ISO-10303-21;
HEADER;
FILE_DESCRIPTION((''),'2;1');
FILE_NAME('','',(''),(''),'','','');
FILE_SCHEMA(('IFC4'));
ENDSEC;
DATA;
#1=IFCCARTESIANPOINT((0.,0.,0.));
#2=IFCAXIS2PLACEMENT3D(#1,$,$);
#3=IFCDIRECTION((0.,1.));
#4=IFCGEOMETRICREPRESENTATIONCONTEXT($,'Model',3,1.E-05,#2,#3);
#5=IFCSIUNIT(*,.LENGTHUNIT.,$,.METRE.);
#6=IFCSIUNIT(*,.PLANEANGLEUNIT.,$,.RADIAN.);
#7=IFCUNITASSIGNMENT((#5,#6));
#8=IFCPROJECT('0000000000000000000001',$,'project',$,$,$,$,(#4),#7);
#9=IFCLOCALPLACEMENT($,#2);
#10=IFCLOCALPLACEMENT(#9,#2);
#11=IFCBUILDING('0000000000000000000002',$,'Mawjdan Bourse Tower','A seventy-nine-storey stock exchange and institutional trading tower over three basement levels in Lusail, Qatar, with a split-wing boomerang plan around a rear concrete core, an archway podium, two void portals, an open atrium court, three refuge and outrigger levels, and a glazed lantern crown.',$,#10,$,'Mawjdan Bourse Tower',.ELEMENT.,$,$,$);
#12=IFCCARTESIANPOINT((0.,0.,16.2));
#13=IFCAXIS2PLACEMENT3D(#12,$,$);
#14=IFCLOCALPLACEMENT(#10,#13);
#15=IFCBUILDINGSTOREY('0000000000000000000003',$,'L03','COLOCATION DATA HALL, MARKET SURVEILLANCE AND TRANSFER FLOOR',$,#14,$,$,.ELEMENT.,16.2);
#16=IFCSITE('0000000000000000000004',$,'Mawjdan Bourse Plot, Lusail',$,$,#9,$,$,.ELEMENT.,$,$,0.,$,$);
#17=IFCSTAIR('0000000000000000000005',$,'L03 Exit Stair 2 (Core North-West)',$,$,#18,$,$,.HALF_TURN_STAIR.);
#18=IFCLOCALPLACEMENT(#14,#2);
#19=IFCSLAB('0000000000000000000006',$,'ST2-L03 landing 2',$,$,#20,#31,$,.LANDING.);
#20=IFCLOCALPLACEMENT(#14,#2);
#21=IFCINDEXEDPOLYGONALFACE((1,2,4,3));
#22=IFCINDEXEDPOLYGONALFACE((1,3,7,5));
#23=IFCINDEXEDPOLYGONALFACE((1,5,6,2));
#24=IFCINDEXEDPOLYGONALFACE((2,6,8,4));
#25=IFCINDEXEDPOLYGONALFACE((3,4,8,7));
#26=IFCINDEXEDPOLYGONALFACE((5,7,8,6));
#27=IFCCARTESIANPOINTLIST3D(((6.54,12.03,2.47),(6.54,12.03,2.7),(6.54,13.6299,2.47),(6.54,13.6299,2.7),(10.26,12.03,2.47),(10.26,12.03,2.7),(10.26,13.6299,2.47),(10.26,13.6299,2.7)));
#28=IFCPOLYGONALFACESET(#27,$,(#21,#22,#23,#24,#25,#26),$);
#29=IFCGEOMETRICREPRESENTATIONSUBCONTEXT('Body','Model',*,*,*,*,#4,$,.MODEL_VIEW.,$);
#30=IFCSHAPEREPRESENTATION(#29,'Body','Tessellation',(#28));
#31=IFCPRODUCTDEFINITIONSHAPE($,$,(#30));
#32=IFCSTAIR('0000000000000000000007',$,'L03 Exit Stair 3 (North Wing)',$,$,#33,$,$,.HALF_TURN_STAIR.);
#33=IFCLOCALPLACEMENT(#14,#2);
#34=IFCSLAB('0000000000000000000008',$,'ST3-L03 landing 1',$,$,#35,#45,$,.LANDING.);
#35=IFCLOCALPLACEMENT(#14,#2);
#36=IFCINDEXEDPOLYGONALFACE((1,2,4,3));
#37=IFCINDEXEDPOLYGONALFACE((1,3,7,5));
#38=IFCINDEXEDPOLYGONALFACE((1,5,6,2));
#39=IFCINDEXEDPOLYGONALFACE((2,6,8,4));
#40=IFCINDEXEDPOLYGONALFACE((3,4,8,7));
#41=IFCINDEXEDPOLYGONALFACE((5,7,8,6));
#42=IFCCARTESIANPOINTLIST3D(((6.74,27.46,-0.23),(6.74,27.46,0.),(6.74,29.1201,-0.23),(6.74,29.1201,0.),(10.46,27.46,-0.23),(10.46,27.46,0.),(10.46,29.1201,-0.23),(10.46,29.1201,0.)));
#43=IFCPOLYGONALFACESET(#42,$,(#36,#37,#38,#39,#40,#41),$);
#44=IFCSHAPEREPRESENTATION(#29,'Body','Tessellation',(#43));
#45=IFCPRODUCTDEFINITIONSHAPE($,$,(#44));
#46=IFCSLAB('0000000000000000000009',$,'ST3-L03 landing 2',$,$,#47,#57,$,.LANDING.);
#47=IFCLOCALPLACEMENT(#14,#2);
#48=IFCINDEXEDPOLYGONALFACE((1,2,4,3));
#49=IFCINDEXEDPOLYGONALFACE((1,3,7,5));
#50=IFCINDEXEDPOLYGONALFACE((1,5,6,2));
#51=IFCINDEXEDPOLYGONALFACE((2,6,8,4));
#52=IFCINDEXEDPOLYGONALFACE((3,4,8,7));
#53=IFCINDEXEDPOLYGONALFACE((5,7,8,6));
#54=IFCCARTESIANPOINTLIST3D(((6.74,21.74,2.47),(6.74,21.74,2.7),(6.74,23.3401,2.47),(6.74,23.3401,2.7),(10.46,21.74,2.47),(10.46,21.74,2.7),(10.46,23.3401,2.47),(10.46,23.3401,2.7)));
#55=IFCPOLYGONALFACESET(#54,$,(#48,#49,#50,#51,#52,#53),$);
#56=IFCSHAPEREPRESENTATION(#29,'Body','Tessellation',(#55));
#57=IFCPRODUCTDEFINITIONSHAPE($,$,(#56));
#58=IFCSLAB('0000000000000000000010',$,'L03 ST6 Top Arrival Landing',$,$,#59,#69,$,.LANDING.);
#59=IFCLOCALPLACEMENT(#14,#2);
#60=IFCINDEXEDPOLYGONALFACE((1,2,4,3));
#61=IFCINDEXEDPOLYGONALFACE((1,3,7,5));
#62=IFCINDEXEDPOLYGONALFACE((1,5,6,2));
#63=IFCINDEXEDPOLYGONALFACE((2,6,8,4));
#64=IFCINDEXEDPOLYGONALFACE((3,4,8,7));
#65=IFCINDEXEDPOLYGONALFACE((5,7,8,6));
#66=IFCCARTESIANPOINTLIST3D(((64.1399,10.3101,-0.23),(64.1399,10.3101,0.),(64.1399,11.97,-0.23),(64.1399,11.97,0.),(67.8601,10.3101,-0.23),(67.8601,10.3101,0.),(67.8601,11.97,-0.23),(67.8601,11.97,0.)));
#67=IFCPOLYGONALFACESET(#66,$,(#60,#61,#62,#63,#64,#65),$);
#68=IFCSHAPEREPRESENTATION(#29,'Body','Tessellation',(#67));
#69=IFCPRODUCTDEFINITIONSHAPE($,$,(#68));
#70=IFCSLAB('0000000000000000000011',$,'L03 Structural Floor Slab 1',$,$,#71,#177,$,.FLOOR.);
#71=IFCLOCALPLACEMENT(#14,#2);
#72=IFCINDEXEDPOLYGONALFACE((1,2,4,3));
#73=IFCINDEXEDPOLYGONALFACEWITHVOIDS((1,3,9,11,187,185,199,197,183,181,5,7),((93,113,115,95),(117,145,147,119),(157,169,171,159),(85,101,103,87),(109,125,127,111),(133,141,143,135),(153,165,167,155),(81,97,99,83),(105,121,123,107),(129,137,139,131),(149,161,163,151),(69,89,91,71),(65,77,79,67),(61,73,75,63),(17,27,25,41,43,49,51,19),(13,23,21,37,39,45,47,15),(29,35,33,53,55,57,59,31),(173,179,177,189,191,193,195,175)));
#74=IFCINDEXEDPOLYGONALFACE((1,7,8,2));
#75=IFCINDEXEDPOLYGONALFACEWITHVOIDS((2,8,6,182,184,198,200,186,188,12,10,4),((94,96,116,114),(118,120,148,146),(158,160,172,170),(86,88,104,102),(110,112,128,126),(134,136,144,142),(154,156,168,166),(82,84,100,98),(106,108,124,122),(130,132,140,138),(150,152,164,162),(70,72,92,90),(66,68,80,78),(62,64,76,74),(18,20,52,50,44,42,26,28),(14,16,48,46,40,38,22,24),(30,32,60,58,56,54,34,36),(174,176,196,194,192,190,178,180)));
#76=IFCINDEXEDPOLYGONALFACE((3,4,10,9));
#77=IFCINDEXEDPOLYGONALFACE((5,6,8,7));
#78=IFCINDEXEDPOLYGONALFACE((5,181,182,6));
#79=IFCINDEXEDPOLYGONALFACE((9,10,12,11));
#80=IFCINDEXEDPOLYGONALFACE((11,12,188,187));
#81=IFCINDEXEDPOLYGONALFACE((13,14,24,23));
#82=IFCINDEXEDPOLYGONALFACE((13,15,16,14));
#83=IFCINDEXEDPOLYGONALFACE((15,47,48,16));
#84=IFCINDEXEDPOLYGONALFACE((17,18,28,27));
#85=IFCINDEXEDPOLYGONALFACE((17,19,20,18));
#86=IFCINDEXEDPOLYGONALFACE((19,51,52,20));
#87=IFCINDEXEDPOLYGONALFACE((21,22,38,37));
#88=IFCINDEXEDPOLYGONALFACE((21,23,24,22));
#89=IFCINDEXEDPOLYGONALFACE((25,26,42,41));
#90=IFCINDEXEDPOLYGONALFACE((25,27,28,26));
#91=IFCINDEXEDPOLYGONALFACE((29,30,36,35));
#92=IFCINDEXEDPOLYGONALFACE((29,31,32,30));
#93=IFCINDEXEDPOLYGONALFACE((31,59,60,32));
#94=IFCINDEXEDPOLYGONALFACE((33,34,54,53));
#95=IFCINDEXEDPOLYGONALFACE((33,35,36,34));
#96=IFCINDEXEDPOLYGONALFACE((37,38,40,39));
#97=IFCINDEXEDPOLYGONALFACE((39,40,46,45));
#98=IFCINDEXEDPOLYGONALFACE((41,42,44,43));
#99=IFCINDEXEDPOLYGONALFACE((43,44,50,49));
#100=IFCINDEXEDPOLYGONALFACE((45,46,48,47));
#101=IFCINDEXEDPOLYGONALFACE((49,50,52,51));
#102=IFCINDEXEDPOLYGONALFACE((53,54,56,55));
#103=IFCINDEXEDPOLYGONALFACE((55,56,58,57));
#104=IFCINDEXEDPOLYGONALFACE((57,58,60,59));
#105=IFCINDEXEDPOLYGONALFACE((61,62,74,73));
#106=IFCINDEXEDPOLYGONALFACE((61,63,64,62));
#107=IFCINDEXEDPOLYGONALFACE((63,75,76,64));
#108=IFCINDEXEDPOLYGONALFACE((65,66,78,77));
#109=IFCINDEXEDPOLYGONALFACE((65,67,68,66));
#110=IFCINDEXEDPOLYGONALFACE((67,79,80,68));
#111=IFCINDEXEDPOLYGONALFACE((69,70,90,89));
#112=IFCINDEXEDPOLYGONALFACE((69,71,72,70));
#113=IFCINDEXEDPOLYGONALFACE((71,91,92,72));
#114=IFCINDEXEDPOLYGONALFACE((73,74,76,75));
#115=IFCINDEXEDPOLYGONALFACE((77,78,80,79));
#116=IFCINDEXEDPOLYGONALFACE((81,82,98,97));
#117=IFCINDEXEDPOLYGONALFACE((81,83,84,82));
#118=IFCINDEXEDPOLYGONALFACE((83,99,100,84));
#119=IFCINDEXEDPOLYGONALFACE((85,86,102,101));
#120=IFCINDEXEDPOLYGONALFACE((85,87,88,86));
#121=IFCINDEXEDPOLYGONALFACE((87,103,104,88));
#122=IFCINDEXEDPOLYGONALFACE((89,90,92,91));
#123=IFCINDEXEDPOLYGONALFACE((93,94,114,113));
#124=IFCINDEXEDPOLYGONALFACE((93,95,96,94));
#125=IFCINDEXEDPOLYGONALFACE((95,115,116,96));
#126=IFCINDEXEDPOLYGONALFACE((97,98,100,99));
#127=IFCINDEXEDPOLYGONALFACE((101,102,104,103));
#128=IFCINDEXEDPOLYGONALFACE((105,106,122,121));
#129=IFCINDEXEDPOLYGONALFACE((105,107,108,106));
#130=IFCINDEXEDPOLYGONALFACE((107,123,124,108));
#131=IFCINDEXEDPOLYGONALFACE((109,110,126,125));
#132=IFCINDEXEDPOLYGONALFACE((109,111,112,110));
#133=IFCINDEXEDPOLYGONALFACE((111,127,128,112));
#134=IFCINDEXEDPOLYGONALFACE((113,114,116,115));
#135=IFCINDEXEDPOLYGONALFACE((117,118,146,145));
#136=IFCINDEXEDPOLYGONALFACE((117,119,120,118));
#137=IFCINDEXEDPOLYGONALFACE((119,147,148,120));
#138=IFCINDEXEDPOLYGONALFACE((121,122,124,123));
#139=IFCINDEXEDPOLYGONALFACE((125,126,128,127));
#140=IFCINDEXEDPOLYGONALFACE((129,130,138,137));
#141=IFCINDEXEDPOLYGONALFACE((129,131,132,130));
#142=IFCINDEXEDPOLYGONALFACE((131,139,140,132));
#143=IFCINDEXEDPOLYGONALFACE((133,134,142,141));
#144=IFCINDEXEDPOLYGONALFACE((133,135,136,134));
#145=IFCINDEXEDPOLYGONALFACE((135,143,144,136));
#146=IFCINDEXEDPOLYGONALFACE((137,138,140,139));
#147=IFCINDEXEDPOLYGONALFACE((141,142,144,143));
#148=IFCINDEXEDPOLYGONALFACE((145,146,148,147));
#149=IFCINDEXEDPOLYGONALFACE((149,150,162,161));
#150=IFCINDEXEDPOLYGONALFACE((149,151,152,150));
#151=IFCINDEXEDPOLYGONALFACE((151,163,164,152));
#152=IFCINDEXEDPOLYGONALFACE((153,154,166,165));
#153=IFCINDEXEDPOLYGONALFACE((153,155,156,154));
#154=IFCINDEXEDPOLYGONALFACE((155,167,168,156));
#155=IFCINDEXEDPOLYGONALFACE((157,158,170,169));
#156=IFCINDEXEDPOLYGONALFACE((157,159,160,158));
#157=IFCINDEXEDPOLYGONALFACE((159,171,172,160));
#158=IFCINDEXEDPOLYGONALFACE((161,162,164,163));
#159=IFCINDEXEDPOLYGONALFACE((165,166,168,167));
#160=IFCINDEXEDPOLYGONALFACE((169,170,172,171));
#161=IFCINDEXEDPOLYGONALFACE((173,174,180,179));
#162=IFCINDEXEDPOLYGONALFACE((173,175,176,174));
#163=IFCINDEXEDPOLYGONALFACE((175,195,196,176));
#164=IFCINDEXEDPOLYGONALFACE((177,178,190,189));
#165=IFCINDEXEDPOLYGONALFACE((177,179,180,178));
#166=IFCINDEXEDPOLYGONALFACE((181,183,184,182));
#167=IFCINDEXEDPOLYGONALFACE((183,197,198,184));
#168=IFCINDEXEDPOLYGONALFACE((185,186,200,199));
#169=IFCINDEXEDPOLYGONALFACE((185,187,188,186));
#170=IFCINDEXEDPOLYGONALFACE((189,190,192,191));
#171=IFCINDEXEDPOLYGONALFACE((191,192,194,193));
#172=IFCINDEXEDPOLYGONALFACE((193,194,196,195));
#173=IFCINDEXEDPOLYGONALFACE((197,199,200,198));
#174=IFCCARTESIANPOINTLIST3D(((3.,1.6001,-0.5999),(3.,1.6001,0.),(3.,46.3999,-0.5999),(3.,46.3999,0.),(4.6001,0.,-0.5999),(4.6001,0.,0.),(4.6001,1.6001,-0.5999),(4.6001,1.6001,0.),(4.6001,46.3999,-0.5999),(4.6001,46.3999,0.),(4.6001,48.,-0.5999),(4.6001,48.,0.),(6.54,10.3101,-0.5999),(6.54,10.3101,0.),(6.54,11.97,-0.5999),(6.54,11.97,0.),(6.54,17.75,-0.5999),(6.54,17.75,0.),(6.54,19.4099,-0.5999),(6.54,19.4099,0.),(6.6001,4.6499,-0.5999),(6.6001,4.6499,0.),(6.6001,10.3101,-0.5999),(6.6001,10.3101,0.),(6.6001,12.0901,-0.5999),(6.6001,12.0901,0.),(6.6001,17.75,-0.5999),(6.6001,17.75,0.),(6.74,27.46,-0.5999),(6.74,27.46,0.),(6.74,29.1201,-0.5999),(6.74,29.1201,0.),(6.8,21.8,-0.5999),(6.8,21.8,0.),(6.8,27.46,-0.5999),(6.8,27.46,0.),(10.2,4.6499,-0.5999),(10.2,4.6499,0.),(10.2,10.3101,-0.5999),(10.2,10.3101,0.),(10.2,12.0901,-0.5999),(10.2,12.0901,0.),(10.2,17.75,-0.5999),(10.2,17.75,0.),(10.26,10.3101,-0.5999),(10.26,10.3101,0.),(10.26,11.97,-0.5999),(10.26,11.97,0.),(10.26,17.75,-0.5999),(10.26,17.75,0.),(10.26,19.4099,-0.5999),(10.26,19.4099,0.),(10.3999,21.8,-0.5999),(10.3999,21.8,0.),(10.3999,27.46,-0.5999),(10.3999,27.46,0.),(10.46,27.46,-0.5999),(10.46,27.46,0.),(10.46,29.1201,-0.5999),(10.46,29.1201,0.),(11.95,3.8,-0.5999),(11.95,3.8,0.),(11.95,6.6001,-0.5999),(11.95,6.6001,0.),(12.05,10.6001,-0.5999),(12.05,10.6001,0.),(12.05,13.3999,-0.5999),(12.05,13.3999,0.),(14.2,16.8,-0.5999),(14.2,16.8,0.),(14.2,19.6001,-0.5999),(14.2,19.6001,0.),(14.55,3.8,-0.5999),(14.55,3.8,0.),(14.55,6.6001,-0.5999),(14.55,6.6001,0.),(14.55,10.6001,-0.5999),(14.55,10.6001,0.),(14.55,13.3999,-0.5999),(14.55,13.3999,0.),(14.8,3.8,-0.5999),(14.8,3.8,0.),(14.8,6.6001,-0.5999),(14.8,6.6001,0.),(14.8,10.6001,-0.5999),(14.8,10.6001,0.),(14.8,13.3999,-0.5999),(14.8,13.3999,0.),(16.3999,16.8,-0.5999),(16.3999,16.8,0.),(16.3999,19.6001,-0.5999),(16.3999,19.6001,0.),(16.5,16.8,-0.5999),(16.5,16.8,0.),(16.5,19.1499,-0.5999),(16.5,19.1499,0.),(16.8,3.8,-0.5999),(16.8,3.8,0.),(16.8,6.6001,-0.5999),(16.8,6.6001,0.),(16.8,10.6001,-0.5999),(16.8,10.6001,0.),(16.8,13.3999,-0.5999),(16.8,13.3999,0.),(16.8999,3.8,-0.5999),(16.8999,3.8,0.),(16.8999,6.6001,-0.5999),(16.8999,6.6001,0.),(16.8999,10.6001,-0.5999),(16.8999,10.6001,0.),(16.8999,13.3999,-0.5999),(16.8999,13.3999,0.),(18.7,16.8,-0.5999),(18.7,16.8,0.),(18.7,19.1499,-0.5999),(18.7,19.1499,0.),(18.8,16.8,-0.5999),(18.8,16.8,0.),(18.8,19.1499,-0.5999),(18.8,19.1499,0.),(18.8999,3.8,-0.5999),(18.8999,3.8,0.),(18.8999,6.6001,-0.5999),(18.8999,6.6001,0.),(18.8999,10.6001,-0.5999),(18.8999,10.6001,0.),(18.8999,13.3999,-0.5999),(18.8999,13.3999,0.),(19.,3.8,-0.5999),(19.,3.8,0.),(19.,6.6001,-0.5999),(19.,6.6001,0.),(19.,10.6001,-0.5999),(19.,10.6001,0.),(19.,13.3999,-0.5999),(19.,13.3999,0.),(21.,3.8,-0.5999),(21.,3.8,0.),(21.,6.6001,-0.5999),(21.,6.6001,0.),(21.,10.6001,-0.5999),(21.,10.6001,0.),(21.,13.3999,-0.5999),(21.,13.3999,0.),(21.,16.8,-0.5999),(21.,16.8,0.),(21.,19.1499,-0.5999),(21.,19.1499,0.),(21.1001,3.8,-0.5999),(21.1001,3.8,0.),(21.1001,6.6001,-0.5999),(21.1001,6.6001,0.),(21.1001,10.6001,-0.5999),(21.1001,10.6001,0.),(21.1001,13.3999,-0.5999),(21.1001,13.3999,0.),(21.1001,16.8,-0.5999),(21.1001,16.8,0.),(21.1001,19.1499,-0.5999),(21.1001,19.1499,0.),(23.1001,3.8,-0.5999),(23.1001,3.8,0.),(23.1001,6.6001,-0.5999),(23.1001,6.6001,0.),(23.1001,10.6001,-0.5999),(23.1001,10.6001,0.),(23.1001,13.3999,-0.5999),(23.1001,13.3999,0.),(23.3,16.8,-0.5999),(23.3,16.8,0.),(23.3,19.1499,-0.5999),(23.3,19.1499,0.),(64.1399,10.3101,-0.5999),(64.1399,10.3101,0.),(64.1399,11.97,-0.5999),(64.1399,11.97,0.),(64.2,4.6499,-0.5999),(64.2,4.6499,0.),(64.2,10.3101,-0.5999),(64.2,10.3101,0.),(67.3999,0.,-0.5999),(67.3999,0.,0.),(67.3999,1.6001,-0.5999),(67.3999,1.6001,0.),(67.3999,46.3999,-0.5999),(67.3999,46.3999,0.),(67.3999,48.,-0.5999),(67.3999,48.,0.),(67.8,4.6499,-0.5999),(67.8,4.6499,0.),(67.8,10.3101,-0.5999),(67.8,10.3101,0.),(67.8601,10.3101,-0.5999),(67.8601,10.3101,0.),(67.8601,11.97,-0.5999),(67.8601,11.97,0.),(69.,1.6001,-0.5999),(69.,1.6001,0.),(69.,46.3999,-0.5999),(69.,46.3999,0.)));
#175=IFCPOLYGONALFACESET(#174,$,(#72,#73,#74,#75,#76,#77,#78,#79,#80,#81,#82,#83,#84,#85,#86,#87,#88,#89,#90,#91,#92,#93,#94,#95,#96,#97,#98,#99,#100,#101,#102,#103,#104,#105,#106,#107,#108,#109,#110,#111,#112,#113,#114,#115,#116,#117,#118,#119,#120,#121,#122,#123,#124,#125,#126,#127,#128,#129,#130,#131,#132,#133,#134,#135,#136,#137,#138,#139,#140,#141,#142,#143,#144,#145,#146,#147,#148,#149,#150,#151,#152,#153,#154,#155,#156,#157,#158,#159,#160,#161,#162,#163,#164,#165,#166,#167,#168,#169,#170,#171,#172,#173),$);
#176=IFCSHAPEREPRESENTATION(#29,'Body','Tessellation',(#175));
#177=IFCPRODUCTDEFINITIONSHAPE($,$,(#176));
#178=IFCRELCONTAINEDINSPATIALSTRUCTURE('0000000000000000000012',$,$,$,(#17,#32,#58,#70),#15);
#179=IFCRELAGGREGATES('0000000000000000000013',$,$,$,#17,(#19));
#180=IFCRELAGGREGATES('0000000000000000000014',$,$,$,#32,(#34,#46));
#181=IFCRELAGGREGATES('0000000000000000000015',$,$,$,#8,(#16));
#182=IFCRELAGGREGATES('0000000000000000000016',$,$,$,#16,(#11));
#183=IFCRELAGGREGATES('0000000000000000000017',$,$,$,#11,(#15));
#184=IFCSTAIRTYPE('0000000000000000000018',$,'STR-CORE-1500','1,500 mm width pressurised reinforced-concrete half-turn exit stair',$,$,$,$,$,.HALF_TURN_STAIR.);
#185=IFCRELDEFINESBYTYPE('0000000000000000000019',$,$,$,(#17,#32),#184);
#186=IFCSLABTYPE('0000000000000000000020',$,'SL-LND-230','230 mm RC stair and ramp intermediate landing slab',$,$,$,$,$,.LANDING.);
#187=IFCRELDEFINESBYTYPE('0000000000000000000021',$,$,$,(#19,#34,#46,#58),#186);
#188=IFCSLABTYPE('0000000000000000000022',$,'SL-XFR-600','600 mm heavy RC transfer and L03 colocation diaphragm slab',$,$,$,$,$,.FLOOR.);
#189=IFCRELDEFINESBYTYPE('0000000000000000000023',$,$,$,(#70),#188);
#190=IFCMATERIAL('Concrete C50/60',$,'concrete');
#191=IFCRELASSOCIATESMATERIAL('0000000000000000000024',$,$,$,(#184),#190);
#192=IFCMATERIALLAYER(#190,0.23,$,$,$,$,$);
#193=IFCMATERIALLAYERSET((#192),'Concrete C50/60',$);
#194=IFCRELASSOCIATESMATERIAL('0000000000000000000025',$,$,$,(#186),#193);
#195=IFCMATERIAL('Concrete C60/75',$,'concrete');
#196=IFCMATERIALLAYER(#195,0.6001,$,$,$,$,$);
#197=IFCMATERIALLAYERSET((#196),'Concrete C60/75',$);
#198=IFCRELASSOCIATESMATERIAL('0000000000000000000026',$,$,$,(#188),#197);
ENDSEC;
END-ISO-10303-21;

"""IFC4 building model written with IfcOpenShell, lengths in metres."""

from ifc_helpers import new_model, si_unit, direction, frame, origin, place, context, subcontext, project, spatial, polyline, outline, extrude, material, layer, layer_set, type_object, element, aggregate, save


model = new_model("IFC4")

# Units and contexts
model_context = context("Model", 3, precision=1e-05, world=origin(), true_north=direction((0.0, 1.0)))
body_context = subcontext(model_context, "Body", "Model", "MODEL_VIEW")
ifc_project = project(units=[si_unit("LENGTHUNIT", "METRE"), si_unit("PLANEANGLEUNIT", "RADIAN")], contexts=[model_context])

# Site, building, storey
site_placement = place(None, origin())
site = spatial("IfcSite", under=ifc_project, at=site_placement, Name="Mawjdan Bourse Plot, Lusail", CompositionType="ELEMENT", RefElevation=0.0)
building_placement = place(site_placement, origin())
building = spatial("IfcBuilding", under=site, at=building_placement, Name="Mawjdan Bourse Tower", Description="A seventy-nine-storey stock exchange and institutional trading tower over three basement levels in Lusail, Qatar, with a split-wing boomerang plan around a rear concrete core, an archway podium, two void portals, an open atrium court, three refuge and outrigger levels, and a glazed lantern crown.", LongName="Mawjdan Bourse Tower", CompositionType="ELEMENT")
storey_placement = place(building_placement, frame((0.0, 0.0, 16.2)))
storey = spatial("IfcBuildingStorey", under=building, at=storey_placement, Name="L03", Description="COLOCATION DATA HALL, MARKET SURVEILLANCE AND TRANSFER FLOOR", CompositionType="ELEMENT", Elevation=16.2)

# Stairs, slabs
ifc_material_1 = material(Name="Concrete C50/60", Category="concrete")
stair_type = type_object("IfcStairType", Name="STR-CORE-1500", Description="1,500 mm width pressurised reinforced-concrete half-turn exit stair", PredefinedType="HALF_TURN_STAIR", material=ifc_material_1)
ifc_layer_1 = layer(ifc_material_1, 0.23)
ifc_layer_set_1 = layer_set([ifc_layer_1], Name="Concrete C50/60")
slab_type_1 = type_object("IfcSlabType", Name="SL-LND-230", Description="230 mm RC stair and ramp intermediate landing slab", PredefinedType="LANDING", material=ifc_layer_set_1)
stair_1_placement = place(storey_placement, origin())
stair_1 = element("IfcStair", 1, at=stair_1_placement, inside=storey, type_object=stair_type, Name="L03 Exit Stair 2 (Core North-West)", PredefinedType="HALF_TURN_STAIR")
slab_1_placement = place(storey_placement, frame((0.0, 0.0, 2.47)))
slab_1 = element("IfcSlab", 2, at=slab_1_placement, type_object=slab_type_1, Name="ST2-L03 landing 2", PredefinedType="LANDING", context=body_context, shape_type="SweptSolid", body=[
    extrude(outline(polyline([(6.54, 12.03), (10.26, 12.03), (10.26, 13.6299), (6.54, 13.6299), (6.54, 12.03)])), origin(), (0.0, 0.0, 1.0), 0.23),
])
aggregate(stair_1, [slab_1])
stair_2_placement = place(storey_placement, origin())
stair_2 = element("IfcStair", 3, at=stair_2_placement, inside=storey, type_object=stair_type, Name="L03 Exit Stair 3 (North Wing)", PredefinedType="HALF_TURN_STAIR")
slab_2_placement = place(storey_placement, frame((0.0, 0.0, -0.23)))
slab_2 = element("IfcSlab", 4, at=slab_2_placement, type_object=slab_type_1, Name="ST3-L03 landing 1", PredefinedType="LANDING", context=body_context, shape_type="SweptSolid", body=[
    extrude(outline(polyline([(6.74, 27.46), (10.46, 27.46), (10.46, 29.1201), (6.74, 29.1201), (6.74, 27.46)])), origin(), (0.0, 0.0, 1.0), 0.23),
])
slab_3_placement = place(storey_placement, frame((0.0, 0.0, 2.47)))
slab_3 = element("IfcSlab", 5, at=slab_3_placement, type_object=slab_type_1, Name="ST3-L03 landing 2", PredefinedType="LANDING", context=body_context, shape_type="SweptSolid", body=[
    extrude(outline(polyline([(6.74, 21.74), (10.46, 21.74), (10.46, 23.3401), (6.74, 23.3401), (6.74, 21.74)])), origin(), (0.0, 0.0, 1.0), 0.23),
])
aggregate(stair_2, [slab_2, slab_3])

# Slabs
slab_4_placement = place(storey_placement, frame((0.0, 0.0, -0.23)))
element("IfcSlab", 6, at=slab_4_placement, inside=storey, type_object=slab_type_1, Name="L03 ST6 Top Arrival Landing", PredefinedType="LANDING", context=body_context, shape_type="SweptSolid", body=[
    extrude(outline(polyline([(64.1399, 10.3101), (67.8601, 10.3101), (67.8601, 11.97), (64.1399, 11.97), (64.1399, 10.3101)])), origin(), (0.0, 0.0, 1.0), 0.23),
])
ifc_material_2 = material(Name="Concrete C60/75", Category="concrete")
ifc_layer_2 = layer(ifc_material_2, 0.6001)
ifc_layer_set_2 = layer_set([ifc_layer_2], Name="Concrete C60/75")
slab_type_2 = type_object("IfcSlabType", Name="SL-XFR-600", Description="600 mm heavy RC transfer and L03 colocation diaphragm slab", PredefinedType="FLOOR", material=ifc_layer_set_2)
slab_5_placement = place(storey_placement, frame((0.0, 0.0, -0.5999)))
element("IfcSlab", 7, at=slab_5_placement, inside=storey, type_object=slab_type_2, Name="L03 Structural Floor Slab 1", PredefinedType="FLOOR", context=body_context, shape_type="SweptSolid", body=[
    extrude(outline(polyline([(4.6001, 0.0), (67.3999, 0.0), (67.3999, 1.6001), (69.0, 1.6001), (69.0, 46.3999), (67.3999, 46.3999), (67.3999, 48.0), (4.6001, 48.0), (4.6001, 46.3999), (3.0, 46.3999), (3.0, 1.6001), (4.6001, 1.6001), (4.6001, 0.0)]), holes=[polyline([(11.95, 3.8), (11.95, 6.6001), (14.55, 6.6001), (14.55, 3.8), (11.95, 3.8)]), polyline([(14.8, 3.8), (14.8, 6.6001), (16.8, 6.6001), (16.8, 3.8), (14.8, 3.8)]), polyline([(10.26, 11.97), (10.26, 10.3101), (10.2, 10.3101), (10.2, 4.6499), (6.6001, 4.6499), (6.6001, 10.3101), (6.54, 10.3101), (6.54, 11.97), (10.26, 11.97)]), polyline([(12.05, 13.3999), (14.55, 13.3999), (14.55, 10.6001), (12.05, 10.6001), (12.05, 13.3999)]), polyline([(14.8, 10.6001), (14.8, 13.3999), (16.8, 13.3999), (16.8, 10.6001), (14.8, 10.6001)]), polyline([(6.6001, 17.75), (6.54, 17.75), (6.54, 19.4099), (10.26, 19.4099), (10.26, 17.75), (10.2, 17.75), (10.2, 12.0901), (6.6001, 12.0901), (6.6001, 17.75)]), polyline([(14.2, 19.6001), (16.3999, 19.6001), (16.3999, 16.8), (14.2, 16.8), (14.2, 19.6001)]), polyline([(10.46, 27.46), (10.3999, 27.46), (10.3999, 21.8), (6.8, 21.8), (6.8, 27.46), (6.74, 27.46), (6.74, 29.1201), (10.46, 29.1201), (10.46, 27.46)]), polyline([(16.8999, 3.8), (16.8999, 6.6001), (18.8999, 6.6001), (18.8999, 3.8), (16.8999, 3.8)]), polyline([(19.0, 3.8), (19.0, 6.6001), (21.0, 6.6001), (21.0, 3.8), (19.0, 3.8)]), polyline([(21.1001, 3.8), (21.1001, 6.6001), (23.1001, 6.6001), (23.1001, 3.8), (21.1001, 3.8)]), polyline([(67.8601, 10.3101), (67.8, 10.3101), (67.8, 4.6499), (64.2, 4.6499), (64.2, 10.3101), (64.1399, 10.3101), (64.1399, 11.97), (67.8601, 11.97), (67.8601, 10.3101)]), polyline([(16.8999, 10.6001), (16.8999, 13.3999), (18.8999, 13.3999), (18.8999, 10.6001), (16.8999, 10.6001)]), polyline([(19.0, 13.3999), (21.0, 13.3999), (21.0, 10.6001), (19.0, 10.6001), (19.0, 13.3999)]), polyline([(21.1001, 13.3999), (23.1001, 13.3999), (23.1001, 10.6001), (21.1001, 10.6001), (21.1001, 13.3999)]), polyline([(16.5, 16.8), (16.5, 19.1499), (18.7, 19.1499), (18.7, 16.8), (16.5, 16.8)]), polyline([(18.8, 19.1499), (21.0, 19.1499), (21.0, 16.8), (18.8, 16.8), (18.8, 19.1499)]), polyline([(21.1001, 19.1499), (23.3, 19.1499), (23.3, 16.8), (21.1001, 16.8), (21.1001, 19.1499)])]), origin(), (0.0, 0.0, 1.0), 0.5999),
])

save(model, "model.ifc")
